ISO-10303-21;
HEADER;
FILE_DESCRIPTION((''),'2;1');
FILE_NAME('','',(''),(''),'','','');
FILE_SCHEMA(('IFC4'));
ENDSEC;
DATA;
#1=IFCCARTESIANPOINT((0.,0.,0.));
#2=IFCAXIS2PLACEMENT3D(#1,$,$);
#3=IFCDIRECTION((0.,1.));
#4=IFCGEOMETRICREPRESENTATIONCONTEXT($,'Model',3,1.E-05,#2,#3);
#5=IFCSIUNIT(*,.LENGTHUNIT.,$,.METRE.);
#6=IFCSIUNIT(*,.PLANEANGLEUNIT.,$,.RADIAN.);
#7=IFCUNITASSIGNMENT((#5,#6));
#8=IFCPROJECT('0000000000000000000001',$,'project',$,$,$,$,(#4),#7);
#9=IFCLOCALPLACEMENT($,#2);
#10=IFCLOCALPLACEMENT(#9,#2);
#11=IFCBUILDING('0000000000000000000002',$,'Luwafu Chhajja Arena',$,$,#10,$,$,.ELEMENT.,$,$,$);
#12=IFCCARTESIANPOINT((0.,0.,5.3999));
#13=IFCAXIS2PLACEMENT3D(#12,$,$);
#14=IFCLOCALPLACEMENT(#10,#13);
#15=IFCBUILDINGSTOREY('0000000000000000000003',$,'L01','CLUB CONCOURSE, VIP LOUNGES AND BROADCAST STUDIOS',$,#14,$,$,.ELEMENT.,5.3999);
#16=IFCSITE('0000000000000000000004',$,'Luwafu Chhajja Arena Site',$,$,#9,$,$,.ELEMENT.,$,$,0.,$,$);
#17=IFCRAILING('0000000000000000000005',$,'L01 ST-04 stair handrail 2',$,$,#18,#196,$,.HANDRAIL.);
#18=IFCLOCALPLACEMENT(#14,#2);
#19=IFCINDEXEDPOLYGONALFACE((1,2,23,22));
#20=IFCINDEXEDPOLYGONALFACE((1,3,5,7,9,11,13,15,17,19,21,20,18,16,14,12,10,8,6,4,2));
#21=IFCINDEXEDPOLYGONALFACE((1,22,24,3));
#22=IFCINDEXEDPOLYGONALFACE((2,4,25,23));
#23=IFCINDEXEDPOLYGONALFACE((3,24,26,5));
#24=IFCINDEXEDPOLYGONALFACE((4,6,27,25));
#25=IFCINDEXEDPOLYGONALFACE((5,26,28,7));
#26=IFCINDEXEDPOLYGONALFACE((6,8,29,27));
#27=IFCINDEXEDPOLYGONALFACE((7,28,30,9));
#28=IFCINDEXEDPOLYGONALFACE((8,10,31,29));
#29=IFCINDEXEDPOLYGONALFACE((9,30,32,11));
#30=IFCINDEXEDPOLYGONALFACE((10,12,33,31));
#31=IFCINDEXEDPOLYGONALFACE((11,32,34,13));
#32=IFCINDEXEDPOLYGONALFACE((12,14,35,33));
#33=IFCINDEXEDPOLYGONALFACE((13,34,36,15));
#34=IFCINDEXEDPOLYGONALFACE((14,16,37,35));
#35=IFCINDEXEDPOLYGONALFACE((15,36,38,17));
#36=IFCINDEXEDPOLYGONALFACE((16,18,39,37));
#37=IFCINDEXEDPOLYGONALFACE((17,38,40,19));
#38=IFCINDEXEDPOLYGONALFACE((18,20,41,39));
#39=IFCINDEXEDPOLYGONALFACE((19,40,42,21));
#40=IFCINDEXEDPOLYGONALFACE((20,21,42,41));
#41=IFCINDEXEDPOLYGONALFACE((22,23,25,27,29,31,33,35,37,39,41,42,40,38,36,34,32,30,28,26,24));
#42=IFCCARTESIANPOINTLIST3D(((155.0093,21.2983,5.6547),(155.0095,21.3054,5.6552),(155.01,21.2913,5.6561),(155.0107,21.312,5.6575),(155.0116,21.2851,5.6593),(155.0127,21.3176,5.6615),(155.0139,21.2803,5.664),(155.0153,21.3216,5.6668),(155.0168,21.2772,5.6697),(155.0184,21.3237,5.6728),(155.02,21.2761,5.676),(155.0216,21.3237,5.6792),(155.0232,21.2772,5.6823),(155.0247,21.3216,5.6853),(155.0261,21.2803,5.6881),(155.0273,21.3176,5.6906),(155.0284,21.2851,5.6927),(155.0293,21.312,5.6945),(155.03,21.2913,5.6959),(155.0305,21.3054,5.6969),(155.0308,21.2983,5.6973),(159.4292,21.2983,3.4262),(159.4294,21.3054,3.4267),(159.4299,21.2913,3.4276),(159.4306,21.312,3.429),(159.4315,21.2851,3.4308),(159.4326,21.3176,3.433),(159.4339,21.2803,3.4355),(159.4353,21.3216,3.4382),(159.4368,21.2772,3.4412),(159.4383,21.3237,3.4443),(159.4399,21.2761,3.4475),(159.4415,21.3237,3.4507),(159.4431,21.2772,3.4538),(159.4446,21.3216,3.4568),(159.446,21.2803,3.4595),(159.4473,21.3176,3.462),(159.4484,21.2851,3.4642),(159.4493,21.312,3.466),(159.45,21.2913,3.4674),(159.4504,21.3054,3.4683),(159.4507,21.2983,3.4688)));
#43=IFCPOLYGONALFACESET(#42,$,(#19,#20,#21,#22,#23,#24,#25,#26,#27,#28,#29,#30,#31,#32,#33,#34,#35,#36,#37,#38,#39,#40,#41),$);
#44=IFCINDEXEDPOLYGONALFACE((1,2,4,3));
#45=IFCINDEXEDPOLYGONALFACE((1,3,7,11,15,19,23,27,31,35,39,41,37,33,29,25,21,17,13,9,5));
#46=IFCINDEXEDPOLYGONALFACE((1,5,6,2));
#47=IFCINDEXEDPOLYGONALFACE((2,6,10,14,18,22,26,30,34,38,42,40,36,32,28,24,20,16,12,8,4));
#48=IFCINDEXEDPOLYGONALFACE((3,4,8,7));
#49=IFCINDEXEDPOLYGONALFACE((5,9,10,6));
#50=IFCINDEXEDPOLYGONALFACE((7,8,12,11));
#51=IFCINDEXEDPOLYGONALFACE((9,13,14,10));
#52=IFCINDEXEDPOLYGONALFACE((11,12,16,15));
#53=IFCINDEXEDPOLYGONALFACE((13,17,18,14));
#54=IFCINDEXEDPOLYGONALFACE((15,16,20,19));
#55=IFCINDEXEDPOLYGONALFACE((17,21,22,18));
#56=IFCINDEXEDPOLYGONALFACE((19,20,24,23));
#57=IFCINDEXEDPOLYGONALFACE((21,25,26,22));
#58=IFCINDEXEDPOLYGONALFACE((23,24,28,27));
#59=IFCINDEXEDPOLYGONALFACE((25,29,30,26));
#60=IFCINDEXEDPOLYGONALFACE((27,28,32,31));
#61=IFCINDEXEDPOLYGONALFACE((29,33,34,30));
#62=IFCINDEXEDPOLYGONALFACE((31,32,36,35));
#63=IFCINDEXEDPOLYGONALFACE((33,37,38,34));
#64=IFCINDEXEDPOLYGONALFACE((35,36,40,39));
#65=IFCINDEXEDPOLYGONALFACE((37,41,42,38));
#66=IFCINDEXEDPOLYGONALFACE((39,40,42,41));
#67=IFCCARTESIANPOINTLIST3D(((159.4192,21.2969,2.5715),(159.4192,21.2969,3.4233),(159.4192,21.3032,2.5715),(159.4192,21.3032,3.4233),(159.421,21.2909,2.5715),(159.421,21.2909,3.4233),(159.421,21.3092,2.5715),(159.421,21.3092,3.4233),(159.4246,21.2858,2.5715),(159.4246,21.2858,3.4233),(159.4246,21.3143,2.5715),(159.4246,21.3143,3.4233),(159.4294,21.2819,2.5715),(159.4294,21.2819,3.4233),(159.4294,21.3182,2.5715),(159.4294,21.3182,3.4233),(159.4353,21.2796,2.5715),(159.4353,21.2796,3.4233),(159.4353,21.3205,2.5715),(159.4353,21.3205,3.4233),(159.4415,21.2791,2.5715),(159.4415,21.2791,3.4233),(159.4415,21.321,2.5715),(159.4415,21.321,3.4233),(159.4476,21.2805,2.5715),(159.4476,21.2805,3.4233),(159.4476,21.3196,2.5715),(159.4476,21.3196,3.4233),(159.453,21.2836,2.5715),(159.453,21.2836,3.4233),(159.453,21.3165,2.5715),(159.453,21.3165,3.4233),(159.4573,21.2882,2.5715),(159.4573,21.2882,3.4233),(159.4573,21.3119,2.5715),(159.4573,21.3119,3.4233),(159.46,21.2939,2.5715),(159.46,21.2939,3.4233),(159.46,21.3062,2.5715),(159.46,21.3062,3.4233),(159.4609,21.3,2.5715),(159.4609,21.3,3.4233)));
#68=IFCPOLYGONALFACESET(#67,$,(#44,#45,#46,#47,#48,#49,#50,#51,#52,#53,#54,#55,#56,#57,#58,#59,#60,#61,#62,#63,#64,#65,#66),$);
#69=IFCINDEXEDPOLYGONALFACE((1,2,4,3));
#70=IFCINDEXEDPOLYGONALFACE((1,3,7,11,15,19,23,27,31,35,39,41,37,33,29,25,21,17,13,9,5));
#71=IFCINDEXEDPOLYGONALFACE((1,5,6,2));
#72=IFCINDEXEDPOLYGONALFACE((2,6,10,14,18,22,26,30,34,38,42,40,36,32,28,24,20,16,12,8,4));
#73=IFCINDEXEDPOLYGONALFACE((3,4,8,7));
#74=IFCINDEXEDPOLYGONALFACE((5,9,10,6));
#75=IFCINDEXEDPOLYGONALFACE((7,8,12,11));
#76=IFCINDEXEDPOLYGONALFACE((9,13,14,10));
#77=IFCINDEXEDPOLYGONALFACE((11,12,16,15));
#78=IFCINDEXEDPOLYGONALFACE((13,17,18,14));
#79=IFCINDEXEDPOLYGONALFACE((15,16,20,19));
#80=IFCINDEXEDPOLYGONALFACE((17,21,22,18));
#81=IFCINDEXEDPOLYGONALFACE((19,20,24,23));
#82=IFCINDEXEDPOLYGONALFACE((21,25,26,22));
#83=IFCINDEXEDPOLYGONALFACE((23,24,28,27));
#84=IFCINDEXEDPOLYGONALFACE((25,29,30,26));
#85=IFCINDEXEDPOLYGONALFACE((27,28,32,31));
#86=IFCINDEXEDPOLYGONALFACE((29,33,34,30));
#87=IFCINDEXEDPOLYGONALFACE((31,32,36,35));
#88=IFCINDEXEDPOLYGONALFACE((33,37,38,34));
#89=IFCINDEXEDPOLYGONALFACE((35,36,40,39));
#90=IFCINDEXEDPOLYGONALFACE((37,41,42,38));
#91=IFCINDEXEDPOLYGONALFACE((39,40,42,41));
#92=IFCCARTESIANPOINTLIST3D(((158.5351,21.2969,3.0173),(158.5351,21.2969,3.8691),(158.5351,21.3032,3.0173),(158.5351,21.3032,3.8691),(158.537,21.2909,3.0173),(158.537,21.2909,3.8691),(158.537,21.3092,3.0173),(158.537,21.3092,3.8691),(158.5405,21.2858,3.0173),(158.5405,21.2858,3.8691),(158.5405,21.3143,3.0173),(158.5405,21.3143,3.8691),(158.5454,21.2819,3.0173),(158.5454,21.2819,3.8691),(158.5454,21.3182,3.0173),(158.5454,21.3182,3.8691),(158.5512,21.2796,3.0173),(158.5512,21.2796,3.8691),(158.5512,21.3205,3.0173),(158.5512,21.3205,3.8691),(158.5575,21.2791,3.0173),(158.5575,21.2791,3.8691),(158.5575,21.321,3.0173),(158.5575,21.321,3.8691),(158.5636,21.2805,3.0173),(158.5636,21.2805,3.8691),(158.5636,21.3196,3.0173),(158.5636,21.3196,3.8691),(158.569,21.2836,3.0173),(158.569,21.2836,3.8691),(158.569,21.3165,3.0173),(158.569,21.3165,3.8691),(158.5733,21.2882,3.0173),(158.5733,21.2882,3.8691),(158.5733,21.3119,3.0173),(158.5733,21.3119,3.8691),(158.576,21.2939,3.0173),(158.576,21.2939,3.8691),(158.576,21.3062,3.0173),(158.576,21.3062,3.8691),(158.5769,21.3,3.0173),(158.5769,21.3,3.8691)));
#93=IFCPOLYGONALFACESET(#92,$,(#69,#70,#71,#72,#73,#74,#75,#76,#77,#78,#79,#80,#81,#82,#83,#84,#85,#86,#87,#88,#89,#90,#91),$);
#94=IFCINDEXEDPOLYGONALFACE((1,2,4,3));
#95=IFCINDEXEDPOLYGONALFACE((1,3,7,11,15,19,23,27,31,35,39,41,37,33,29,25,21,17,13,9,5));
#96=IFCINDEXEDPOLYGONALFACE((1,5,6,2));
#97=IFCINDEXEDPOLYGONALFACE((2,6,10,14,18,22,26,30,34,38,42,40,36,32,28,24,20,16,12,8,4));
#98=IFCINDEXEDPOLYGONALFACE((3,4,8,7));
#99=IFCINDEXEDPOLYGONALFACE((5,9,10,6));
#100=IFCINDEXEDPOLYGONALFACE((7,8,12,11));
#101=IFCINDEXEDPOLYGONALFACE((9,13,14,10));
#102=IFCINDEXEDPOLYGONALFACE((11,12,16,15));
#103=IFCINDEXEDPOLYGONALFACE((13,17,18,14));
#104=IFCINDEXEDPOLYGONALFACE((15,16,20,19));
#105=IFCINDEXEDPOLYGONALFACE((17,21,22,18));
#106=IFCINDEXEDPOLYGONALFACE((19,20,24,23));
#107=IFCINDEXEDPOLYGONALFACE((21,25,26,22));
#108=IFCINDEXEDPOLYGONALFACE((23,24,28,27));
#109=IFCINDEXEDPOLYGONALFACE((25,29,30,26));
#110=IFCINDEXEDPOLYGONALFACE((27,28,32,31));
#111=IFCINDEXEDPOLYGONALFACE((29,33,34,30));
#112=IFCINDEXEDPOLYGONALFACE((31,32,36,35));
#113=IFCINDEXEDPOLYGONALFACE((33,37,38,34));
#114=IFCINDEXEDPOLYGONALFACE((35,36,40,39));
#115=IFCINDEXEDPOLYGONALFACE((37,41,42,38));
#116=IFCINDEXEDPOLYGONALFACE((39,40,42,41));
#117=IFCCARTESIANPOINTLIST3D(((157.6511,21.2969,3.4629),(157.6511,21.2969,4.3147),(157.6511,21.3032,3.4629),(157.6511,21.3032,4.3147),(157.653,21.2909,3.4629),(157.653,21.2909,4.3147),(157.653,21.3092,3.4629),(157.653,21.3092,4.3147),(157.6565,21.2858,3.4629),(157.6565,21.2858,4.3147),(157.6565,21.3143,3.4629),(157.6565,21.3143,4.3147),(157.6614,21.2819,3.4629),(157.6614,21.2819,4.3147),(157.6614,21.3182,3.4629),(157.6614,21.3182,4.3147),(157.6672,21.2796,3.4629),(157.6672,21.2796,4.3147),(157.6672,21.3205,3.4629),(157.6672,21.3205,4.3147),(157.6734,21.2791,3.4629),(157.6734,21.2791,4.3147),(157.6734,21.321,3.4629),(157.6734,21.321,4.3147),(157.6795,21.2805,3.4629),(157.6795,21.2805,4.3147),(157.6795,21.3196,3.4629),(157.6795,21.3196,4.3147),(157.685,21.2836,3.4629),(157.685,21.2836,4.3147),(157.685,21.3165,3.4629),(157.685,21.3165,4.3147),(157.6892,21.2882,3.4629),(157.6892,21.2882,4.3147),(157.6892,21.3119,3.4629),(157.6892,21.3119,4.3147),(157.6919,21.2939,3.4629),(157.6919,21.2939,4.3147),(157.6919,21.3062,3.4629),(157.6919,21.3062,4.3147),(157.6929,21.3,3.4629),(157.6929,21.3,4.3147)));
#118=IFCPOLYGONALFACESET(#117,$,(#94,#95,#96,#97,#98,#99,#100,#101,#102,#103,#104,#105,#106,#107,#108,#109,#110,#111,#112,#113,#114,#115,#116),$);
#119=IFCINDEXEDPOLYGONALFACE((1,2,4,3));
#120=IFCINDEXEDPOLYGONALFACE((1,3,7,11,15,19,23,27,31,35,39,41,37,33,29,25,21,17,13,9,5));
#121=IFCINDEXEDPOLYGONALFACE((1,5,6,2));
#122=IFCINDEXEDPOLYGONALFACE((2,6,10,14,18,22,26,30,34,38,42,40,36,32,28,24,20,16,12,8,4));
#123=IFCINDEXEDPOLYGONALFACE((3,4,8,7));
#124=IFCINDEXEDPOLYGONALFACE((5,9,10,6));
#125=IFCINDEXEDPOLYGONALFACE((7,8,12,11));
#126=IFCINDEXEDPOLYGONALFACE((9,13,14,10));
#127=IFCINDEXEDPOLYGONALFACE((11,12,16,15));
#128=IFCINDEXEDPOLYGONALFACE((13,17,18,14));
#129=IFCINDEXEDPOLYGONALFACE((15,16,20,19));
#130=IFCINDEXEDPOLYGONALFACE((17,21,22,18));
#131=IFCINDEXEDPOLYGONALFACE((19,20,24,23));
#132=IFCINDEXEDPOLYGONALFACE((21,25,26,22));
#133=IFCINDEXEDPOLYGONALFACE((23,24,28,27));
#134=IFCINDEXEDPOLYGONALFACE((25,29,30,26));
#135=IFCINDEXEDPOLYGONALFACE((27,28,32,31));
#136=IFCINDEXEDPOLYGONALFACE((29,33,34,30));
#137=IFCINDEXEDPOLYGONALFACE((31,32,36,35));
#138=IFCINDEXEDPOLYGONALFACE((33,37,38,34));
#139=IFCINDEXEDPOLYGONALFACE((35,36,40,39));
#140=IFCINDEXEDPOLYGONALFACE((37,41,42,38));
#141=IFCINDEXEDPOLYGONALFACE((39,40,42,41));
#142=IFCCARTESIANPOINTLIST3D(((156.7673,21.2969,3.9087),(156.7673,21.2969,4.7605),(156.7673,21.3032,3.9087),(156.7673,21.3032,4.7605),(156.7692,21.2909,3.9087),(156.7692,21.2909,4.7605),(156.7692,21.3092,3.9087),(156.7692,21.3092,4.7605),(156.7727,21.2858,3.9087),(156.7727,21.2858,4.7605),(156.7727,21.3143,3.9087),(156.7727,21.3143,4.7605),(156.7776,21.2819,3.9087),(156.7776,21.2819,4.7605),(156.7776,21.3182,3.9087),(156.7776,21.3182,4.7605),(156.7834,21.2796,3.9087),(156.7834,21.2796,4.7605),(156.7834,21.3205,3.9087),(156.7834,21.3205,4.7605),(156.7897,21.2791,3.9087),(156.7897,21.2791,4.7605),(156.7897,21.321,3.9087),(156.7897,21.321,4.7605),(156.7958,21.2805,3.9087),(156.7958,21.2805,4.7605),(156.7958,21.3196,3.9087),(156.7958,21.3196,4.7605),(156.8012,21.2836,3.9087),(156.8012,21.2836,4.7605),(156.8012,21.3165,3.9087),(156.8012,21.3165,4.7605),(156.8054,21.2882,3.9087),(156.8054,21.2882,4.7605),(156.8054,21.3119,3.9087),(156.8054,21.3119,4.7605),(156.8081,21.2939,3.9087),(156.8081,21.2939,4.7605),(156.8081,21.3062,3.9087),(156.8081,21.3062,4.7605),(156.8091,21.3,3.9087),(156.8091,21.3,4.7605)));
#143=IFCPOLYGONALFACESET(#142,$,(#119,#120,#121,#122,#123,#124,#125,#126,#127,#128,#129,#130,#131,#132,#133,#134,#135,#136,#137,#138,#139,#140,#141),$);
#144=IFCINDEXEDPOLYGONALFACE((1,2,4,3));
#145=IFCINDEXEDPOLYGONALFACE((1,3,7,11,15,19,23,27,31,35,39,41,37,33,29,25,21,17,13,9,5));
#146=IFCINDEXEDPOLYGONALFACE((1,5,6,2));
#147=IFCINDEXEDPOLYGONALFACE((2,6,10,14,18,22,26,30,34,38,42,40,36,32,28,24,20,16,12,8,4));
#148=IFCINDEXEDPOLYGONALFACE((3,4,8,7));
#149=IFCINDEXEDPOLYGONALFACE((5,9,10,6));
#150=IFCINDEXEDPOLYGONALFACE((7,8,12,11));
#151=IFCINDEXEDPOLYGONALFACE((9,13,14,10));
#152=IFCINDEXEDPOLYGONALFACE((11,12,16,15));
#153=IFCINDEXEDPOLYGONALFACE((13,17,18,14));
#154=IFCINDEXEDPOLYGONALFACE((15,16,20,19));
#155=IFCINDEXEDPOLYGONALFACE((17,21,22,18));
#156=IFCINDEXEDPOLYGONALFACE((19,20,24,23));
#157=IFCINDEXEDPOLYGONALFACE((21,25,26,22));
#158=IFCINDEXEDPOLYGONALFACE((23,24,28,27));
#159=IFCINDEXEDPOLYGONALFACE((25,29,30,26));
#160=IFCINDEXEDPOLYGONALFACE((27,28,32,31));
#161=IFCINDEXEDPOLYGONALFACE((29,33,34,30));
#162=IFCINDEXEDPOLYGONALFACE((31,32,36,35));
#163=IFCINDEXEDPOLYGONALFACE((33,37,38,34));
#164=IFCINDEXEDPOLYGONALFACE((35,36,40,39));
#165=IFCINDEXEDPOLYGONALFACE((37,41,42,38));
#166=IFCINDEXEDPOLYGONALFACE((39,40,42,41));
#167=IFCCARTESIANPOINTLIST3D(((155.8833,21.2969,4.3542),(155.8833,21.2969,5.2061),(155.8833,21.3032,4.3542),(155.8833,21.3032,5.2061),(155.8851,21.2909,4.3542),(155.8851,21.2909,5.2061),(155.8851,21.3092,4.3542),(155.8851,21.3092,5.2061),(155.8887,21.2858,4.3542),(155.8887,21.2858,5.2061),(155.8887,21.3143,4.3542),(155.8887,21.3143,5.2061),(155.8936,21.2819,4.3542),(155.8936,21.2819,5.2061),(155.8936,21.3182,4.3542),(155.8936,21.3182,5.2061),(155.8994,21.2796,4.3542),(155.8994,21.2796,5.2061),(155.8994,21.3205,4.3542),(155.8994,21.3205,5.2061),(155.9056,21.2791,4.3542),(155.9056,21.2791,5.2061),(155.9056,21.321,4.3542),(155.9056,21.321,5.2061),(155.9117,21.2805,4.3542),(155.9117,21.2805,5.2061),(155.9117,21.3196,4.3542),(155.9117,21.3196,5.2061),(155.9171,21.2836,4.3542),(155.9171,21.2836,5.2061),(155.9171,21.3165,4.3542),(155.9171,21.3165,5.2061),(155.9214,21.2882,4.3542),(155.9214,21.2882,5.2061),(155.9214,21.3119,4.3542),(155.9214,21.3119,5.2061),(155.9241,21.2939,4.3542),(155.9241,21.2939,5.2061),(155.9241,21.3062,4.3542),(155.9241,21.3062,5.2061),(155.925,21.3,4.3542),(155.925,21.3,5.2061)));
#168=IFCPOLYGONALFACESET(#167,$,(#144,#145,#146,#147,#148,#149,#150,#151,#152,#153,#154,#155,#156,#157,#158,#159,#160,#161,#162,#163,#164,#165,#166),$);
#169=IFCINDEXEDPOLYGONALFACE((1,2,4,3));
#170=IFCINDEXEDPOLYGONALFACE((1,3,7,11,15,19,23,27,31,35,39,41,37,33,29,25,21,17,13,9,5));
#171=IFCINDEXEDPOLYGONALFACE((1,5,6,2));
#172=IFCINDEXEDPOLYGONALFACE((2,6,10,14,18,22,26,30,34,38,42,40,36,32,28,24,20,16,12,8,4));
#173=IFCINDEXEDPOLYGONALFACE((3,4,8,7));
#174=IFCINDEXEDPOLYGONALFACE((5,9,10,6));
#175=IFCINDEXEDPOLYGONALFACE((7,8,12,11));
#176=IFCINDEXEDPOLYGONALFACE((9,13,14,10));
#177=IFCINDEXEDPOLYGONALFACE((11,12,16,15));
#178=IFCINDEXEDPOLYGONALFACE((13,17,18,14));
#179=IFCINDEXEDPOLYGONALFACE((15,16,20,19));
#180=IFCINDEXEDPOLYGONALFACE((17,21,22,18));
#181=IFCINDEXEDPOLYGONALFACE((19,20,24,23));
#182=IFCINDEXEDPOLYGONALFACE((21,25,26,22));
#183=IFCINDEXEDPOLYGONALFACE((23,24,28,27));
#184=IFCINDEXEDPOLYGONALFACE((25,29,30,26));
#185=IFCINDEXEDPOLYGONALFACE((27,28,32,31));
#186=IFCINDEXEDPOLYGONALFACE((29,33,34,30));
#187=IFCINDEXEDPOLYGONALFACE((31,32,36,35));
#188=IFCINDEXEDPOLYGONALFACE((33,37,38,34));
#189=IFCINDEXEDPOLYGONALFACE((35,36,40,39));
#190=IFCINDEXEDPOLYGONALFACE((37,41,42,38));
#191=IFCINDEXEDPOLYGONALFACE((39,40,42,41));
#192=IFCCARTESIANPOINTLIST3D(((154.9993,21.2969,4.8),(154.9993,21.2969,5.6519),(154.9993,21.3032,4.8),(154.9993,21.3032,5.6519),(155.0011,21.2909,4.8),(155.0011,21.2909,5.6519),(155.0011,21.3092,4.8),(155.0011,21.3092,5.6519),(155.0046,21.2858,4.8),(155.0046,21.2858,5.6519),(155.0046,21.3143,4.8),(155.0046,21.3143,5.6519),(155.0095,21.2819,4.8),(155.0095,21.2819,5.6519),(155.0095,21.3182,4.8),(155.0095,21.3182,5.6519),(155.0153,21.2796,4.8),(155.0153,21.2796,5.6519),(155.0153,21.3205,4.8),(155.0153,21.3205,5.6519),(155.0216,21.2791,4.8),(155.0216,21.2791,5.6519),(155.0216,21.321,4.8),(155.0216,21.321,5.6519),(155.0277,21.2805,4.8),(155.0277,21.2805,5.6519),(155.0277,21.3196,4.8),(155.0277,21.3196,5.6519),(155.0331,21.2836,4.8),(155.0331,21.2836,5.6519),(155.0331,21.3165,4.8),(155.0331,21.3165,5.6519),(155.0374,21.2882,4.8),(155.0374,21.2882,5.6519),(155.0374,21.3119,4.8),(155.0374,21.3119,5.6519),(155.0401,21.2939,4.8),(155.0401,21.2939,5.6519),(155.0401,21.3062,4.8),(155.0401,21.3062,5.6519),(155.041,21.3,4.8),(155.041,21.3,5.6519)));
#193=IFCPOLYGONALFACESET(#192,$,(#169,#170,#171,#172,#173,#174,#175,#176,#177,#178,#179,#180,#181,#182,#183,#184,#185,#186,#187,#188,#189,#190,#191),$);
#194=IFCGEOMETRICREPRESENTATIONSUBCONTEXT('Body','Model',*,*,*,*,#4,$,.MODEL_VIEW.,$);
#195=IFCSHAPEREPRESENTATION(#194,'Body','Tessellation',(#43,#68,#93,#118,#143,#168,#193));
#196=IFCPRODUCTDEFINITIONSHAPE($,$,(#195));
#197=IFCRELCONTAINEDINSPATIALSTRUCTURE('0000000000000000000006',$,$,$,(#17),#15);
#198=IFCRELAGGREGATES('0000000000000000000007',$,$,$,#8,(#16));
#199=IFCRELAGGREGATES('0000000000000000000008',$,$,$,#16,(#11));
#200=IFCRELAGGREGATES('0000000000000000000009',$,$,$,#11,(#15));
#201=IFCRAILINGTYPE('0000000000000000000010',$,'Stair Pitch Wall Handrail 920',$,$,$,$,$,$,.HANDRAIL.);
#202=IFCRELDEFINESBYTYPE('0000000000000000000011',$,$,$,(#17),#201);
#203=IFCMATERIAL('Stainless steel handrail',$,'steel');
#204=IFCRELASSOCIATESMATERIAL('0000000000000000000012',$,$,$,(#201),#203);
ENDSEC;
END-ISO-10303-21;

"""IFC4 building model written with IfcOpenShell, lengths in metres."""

from ifc_helpers import new_model, si_unit, direction, frame, origin, origin_2d, place, context, subcontext, project, spatial, circle, extrude, material, type_object, element, save


model = new_model("IFC4")

# Units and contexts
model_context = context("Model", 3, precision=1e-05, world=origin(), true_north=direction((0.0, 1.0)))
body_context = subcontext(model_context, "Body", "Model", "MODEL_VIEW")
ifc_project = project(units=[si_unit("LENGTHUNIT", "METRE"), si_unit("PLANEANGLEUNIT", "RADIAN")], contexts=[model_context])

# Site, building, storey
site_placement = place(None, origin())
site = spatial("IfcSite", under=ifc_project, at=site_placement, Name="Luwafu Chhajja Arena Site", CompositionType="ELEMENT", RefElevation=0.0)
building_placement = place(site_placement, origin())
building = spatial("IfcBuilding", under=site, at=building_placement, Name="Luwafu Chhajja Arena", CompositionType="ELEMENT")
storey_placement = place(building_placement, frame((0.0, 0.0, 5.3999)))
storey = spatial("IfcBuildingStorey", under=building, at=storey_placement, Name="L01", Description="CLUB CONCOURSE, VIP LOUNGES AND BROADCAST STUDIOS", CompositionType="ELEMENT", Elevation=5.3999)

# Railing
ifc_material_1 = material(Name="Stainless steel handrail", Category="steel")
railing_type_1 = type_object("IfcRailingType", Name="Stair Pitch Wall Handrail 920", PredefinedType="HANDRAIL", material=ifc_material_1)
railing_1_placement = place(storey_placement, frame((159.4399, 21.3, 2.5715)))
element("IfcRailing", 1, at=railing_1_placement, inside=storey, type_object=railing_type_1, Name="L01 ST-04 stair handrail 2", PredefinedType="HANDRAIL", context=body_context, shape_type="SweptSolid", body=[
    extrude(circle(Radius=0.0239, at=origin_2d()), frame((0.0, 0.0, 0.876), z_axis=(-0.892923, 0.0, 0.45021), x_axis=(0.0, -1.0, 0.0)), (0.0, 0.0, 1.0), 4.95),
    extrude(circle(Radius=0.021, at=origin_2d()), origin(), (0.0, 0.0, 1.0), 0.8518),
    extrude(circle(Radius=0.021, at=origin_2d()), frame((-0.884, 0.0, 0.4458)), (0.0, 0.0, 1.0), 0.8518),
    extrude(circle(Radius=0.021, at=origin_2d()), frame((-1.7681, 0.0, 0.8914)), (0.0, 0.0, 1.0), 0.8518),
    extrude(circle(Radius=0.021, at=origin_2d()), frame((-2.6519, 0.0, 1.3372)), (0.0, 0.0, 1.0), 0.8518),
    extrude(circle(Radius=0.021, at=origin_2d()), frame((-3.5359, 0.0, 1.7827)), (0.0, 0.0, 1.0), 0.8518),
    extrude(circle(Radius=0.021, at=origin_2d()), frame((-4.4199, 0.0, 2.2285)), (0.0, 0.0, 1.0), 0.8518),
])

save(model, "model.ifc")
